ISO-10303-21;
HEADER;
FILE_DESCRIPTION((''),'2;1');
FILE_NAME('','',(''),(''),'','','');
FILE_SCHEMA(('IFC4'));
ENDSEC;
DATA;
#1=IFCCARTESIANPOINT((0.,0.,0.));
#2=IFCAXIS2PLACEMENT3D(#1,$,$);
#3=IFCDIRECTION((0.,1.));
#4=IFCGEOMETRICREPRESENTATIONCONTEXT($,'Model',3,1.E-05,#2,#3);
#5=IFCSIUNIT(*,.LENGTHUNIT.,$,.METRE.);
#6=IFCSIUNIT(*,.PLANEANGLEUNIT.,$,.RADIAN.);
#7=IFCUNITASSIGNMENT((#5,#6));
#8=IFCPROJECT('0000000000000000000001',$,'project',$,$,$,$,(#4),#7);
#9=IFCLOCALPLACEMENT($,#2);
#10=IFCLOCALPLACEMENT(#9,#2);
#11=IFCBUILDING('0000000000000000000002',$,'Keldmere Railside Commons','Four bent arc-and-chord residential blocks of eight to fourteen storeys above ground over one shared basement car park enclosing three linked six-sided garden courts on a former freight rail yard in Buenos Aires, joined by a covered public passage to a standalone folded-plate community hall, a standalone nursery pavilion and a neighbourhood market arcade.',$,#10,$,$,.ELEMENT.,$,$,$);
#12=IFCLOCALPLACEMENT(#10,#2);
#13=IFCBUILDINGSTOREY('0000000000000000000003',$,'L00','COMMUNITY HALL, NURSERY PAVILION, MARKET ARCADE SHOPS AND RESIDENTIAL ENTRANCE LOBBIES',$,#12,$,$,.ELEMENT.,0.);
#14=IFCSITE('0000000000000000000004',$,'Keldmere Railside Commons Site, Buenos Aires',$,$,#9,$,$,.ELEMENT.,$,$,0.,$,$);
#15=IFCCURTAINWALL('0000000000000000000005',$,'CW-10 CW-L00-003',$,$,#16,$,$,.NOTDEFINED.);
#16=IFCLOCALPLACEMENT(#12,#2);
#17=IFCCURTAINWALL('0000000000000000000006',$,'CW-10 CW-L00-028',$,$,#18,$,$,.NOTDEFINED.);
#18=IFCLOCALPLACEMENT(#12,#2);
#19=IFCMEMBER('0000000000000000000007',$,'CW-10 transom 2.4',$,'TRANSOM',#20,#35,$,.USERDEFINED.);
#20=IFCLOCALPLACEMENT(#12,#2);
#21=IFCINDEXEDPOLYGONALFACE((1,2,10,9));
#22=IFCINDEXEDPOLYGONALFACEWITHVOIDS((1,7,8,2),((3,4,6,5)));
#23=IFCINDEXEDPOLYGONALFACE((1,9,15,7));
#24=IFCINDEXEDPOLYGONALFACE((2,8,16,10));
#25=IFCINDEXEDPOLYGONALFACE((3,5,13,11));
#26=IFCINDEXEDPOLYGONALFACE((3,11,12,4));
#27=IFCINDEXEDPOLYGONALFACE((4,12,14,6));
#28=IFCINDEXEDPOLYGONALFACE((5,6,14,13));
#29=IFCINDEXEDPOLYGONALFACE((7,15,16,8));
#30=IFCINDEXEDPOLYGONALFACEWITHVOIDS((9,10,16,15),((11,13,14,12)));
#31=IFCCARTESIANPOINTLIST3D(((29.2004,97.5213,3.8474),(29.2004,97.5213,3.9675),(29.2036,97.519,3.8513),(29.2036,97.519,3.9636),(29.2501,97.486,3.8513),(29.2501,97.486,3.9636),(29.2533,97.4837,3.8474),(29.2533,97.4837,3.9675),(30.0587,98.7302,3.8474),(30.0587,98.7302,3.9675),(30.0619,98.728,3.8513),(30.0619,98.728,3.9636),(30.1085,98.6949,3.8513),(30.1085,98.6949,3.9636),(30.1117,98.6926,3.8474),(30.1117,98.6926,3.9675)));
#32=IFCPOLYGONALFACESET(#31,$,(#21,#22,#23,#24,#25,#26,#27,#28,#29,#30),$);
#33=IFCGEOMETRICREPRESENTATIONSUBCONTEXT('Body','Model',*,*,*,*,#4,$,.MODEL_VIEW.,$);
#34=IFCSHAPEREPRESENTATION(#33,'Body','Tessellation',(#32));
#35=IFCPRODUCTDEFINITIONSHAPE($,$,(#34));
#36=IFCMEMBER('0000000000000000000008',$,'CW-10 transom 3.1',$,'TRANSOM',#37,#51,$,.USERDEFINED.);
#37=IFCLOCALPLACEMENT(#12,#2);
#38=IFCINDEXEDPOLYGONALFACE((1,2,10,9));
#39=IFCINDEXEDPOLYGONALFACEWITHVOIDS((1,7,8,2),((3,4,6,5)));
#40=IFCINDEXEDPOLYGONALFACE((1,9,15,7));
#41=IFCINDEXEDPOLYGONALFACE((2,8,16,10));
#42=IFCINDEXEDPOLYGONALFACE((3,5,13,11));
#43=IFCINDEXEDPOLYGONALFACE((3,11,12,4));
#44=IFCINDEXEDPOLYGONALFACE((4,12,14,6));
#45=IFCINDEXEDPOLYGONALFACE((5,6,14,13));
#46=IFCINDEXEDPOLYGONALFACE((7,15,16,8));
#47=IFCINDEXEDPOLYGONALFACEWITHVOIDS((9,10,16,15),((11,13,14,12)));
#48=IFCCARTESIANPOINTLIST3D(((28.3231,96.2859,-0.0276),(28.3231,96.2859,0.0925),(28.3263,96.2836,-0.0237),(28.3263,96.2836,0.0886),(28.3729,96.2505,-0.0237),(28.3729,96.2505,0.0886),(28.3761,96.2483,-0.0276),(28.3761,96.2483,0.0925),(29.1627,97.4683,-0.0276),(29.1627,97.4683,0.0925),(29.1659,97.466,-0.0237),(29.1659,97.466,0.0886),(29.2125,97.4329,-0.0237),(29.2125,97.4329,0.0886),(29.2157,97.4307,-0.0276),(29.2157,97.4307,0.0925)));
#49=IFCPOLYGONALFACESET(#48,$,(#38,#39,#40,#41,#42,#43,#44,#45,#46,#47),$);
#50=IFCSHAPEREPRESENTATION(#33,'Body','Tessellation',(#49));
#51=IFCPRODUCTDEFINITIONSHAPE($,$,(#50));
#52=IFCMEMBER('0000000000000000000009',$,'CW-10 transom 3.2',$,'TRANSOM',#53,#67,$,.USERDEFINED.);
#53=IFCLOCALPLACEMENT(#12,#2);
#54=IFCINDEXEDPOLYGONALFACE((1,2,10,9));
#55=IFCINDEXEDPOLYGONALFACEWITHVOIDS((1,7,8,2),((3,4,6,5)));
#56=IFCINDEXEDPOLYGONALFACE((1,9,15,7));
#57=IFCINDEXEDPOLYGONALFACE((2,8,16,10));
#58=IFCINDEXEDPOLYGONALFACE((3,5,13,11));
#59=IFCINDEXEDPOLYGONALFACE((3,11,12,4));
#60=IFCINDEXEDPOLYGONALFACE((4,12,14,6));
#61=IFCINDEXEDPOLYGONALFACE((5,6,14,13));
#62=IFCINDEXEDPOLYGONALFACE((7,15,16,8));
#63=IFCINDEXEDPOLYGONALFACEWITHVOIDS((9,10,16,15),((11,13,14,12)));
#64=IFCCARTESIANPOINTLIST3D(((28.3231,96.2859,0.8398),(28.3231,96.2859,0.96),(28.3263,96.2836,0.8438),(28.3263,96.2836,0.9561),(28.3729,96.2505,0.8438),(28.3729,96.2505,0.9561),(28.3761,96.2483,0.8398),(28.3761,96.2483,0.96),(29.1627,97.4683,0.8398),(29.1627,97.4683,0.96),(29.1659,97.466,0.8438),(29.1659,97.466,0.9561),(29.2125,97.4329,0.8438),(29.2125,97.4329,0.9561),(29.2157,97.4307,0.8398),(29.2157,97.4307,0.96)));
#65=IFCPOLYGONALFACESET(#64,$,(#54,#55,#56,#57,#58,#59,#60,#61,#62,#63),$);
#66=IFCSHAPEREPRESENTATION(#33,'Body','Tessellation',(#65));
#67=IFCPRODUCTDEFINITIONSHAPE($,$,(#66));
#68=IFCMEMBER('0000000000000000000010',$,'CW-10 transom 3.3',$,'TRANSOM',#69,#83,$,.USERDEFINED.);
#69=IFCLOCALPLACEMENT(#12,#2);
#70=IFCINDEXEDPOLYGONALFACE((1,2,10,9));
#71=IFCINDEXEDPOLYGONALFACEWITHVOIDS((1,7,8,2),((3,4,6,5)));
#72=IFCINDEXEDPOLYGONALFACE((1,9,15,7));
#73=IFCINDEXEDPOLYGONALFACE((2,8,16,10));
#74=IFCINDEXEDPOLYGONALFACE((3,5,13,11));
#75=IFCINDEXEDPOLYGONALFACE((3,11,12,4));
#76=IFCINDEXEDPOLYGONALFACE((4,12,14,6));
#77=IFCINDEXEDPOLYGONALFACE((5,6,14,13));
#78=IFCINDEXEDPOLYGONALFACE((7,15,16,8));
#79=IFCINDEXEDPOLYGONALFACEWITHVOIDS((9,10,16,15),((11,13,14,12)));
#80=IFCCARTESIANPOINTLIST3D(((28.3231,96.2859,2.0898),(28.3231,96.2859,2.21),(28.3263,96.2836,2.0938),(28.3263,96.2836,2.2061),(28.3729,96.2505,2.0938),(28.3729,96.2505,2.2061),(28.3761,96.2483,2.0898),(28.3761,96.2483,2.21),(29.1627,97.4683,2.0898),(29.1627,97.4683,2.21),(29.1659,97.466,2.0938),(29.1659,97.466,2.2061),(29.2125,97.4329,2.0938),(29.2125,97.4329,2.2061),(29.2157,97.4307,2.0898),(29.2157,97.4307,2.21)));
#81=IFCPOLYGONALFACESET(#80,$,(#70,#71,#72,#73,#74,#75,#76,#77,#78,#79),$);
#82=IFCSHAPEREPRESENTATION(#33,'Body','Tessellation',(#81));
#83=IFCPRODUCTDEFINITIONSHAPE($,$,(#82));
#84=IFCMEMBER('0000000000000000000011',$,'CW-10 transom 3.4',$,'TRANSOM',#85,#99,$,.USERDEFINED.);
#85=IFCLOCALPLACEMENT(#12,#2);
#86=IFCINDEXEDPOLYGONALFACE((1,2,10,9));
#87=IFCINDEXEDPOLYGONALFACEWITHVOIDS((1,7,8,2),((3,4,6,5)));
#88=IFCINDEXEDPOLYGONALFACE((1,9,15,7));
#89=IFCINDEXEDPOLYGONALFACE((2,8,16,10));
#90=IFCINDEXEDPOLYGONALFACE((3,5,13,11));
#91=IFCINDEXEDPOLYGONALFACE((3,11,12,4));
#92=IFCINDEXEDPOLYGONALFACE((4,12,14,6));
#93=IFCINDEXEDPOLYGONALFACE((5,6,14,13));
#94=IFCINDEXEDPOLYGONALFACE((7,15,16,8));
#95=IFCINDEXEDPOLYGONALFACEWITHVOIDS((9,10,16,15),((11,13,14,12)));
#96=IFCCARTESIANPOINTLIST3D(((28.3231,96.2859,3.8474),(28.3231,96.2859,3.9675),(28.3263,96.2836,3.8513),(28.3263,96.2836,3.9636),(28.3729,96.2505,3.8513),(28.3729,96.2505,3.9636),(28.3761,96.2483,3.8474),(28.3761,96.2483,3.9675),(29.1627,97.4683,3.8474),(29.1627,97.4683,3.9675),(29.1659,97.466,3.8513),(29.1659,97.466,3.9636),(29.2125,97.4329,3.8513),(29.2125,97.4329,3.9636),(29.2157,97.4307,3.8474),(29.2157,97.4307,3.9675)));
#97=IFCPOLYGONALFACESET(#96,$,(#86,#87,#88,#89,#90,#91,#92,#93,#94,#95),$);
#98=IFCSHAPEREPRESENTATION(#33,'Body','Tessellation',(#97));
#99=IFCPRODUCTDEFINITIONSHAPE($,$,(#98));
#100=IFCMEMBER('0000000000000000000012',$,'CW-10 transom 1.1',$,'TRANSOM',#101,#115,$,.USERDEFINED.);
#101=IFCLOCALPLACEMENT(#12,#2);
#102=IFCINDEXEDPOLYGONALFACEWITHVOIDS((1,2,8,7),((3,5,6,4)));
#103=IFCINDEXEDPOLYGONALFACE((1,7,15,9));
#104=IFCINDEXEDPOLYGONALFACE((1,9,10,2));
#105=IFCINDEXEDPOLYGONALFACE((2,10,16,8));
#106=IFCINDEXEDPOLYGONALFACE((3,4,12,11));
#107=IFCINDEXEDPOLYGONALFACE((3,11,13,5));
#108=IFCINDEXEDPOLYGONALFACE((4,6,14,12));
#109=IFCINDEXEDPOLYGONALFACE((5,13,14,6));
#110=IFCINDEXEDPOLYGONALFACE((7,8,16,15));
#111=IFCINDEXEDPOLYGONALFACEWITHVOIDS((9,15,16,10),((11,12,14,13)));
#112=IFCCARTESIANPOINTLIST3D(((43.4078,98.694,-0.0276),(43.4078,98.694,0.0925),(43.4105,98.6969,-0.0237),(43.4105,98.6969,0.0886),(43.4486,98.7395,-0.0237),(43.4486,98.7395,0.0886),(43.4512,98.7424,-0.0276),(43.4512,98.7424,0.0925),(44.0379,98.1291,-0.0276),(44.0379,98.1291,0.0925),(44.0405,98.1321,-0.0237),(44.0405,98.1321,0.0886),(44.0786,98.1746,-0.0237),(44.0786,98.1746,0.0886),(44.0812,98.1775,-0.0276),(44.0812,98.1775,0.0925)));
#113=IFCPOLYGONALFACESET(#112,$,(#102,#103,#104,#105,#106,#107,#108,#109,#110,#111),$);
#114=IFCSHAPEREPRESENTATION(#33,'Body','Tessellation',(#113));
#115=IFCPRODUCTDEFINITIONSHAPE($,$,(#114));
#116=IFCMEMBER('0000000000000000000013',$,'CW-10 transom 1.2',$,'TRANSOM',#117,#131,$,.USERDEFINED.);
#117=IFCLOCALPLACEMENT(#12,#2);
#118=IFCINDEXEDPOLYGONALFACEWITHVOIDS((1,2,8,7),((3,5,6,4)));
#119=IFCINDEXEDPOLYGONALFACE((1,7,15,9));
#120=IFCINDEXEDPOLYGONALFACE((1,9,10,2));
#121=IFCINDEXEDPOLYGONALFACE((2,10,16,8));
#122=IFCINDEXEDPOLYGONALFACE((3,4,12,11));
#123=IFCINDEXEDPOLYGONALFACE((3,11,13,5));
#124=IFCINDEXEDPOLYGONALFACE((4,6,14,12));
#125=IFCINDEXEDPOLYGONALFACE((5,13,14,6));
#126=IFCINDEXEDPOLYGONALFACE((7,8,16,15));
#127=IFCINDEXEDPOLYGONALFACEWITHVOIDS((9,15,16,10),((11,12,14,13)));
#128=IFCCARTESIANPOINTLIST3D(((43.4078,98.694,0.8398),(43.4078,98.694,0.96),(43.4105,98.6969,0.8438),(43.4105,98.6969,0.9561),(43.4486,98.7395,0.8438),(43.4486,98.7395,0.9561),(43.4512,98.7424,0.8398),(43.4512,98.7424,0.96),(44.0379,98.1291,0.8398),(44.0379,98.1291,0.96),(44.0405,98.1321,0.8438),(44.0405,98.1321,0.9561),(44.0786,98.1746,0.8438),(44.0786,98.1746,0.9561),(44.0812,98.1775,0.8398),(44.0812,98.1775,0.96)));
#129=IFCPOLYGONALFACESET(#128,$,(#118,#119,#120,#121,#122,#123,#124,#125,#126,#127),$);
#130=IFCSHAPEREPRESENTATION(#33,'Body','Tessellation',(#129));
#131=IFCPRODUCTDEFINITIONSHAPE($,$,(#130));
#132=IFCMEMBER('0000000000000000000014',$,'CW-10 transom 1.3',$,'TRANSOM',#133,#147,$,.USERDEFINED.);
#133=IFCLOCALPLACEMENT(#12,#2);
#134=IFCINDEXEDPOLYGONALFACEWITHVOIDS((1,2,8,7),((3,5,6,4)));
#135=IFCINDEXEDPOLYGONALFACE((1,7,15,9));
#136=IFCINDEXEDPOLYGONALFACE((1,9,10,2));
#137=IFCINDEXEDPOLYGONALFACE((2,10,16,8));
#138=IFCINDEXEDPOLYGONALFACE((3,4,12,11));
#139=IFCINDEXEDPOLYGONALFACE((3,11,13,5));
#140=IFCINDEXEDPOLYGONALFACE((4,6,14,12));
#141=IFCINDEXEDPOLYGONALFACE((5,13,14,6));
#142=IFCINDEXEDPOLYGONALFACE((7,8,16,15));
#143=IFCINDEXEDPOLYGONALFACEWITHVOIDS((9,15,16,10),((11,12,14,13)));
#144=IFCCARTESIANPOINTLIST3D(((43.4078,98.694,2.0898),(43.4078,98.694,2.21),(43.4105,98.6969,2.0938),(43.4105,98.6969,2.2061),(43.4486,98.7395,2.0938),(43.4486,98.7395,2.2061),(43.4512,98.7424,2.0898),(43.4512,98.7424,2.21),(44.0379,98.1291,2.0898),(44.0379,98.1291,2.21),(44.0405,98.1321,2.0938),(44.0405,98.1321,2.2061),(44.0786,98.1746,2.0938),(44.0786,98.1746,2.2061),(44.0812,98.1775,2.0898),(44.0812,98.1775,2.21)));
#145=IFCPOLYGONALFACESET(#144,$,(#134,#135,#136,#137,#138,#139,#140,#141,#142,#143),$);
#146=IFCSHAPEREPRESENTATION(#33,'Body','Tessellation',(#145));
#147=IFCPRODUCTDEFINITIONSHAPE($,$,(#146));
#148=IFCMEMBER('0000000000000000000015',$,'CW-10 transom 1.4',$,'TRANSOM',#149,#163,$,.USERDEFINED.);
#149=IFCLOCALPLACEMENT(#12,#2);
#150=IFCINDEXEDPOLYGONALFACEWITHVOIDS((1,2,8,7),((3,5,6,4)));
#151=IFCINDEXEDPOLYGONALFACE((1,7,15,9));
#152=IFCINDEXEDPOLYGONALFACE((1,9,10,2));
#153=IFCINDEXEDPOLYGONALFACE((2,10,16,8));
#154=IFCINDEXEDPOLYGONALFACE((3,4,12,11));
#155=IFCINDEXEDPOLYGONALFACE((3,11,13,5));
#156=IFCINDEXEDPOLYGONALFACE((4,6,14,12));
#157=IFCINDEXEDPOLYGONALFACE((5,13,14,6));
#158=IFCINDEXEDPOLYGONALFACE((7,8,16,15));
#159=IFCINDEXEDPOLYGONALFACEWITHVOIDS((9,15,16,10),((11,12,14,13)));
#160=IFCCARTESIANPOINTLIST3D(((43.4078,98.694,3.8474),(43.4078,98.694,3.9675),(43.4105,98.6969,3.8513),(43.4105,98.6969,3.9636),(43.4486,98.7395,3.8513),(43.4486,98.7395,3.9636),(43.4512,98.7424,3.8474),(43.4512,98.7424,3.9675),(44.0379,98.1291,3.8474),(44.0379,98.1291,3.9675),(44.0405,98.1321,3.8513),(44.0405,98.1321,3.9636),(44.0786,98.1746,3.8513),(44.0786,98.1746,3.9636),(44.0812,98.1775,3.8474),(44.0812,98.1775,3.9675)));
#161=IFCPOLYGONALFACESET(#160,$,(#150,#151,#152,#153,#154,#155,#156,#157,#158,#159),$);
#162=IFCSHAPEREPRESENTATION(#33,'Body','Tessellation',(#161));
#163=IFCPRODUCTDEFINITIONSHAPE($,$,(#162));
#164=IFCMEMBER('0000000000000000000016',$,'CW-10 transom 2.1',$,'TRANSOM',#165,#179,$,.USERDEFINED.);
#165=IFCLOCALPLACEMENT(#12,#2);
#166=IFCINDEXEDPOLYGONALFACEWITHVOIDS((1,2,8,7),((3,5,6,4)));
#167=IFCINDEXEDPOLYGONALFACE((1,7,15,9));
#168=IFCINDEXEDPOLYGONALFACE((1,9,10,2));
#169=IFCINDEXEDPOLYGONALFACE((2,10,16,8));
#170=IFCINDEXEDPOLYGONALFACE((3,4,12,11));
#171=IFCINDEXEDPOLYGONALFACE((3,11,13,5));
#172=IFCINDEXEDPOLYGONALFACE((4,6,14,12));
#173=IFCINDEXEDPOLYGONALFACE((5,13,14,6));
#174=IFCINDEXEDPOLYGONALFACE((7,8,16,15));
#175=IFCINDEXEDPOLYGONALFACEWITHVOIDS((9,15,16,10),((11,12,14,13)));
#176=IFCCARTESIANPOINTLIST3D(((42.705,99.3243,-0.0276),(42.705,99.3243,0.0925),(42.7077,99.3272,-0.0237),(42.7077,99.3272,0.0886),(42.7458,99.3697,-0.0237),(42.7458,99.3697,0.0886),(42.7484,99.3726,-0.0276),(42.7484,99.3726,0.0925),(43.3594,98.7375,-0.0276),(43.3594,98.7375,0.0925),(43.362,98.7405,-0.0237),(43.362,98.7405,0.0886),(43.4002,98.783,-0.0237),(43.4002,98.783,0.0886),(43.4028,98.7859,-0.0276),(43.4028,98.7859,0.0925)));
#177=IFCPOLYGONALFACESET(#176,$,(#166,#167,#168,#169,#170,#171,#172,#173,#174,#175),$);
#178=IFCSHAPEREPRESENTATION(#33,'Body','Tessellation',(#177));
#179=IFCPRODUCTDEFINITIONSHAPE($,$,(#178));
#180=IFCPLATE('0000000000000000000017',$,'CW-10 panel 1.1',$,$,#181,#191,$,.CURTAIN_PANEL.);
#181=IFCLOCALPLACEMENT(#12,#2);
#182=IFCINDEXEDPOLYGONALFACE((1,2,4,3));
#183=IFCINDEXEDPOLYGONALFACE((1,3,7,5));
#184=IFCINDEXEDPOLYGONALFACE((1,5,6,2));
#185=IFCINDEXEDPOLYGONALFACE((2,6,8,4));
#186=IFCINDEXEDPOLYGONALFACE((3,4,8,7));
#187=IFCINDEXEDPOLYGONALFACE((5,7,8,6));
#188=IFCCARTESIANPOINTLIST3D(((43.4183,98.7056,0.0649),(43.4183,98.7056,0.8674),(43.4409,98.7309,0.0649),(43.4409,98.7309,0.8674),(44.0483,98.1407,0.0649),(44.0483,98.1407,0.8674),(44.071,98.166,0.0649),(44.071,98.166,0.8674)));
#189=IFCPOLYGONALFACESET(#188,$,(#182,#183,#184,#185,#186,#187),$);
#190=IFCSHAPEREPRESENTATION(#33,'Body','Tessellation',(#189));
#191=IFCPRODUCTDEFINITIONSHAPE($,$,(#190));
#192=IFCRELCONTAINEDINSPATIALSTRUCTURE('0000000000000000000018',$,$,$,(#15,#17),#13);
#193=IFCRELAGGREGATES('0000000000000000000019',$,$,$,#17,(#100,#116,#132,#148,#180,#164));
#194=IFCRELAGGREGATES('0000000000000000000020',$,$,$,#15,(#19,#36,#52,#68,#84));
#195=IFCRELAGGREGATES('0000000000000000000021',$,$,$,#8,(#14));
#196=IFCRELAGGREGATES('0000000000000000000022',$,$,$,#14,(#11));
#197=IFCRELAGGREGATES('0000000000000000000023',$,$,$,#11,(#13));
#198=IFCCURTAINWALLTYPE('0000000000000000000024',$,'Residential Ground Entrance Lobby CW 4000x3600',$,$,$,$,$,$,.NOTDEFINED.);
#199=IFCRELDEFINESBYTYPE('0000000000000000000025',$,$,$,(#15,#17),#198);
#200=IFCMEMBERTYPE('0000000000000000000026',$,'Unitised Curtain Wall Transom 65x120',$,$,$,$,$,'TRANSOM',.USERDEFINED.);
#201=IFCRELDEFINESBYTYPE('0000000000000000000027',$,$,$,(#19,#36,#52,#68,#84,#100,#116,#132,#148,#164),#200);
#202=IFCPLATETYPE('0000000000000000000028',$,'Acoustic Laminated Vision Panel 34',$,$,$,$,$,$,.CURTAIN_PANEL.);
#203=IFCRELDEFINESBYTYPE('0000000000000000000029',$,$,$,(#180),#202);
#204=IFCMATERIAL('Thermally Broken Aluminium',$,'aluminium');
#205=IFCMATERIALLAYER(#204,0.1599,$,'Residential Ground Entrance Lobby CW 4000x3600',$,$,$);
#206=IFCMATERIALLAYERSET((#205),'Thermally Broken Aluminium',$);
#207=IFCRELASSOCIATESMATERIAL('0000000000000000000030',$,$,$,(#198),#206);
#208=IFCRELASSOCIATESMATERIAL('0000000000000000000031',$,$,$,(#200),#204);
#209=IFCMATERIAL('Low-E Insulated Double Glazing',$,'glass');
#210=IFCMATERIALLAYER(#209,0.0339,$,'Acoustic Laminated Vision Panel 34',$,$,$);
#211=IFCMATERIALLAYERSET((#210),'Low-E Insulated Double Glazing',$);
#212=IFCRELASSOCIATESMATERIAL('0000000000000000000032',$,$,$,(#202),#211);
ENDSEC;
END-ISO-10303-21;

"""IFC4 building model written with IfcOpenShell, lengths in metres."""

from ifc_helpers import new_model, si_unit, direction, frame, origin, origin_2d, place, context, subcontext, project, spatial, rectangle, hollow_rectangle, extrude, material, layer, layer_set, material_profile, profile_set, type_object, element, aggregate, save


model = new_model("IFC4")

# Units and contexts
model_context = context("Model", 3, precision=1e-05, world=origin(), true_north=direction((0.0, 1.0)))
body_context = subcontext(model_context, "Body", "Model", "MODEL_VIEW")
ifc_project = project(units=[si_unit("LENGTHUNIT", "METRE"), si_unit("PLANEANGLEUNIT", "RADIAN")], contexts=[model_context])

# Site, building, storey
site_placement = place(None, origin())
site = spatial("IfcSite", under=ifc_project, at=site_placement, Name="Keldmere Railside Commons Site, Buenos Aires", CompositionType="ELEMENT", RefElevation=0.0)
building_placement = place(site_placement, origin())
building = spatial("IfcBuilding", under=site, at=building_placement, Name="Keldmere Railside Commons", Description="Four bent arc-and-chord residential blocks of eight to fourteen storeys above ground over one shared basement car park enclosing three linked six-sided garden courts on a former freight rail yard in Buenos Aires, joined by a covered public passage to a standalone folded-plate community hall, a standalone nursery pavilion and a neighbourhood market arcade.", CompositionType="ELEMENT")
storey_placement = place(building_placement, origin())
storey = spatial("IfcBuildingStorey", under=building, at=storey_placement, Name="L00", Description="COMMUNITY HALL, NURSERY PAVILION, MARKET ARCADE SHOPS AND RESIDENTIAL ENTRANCE LOBBIES", CompositionType="ELEMENT", Elevation=0.0)

# Shared definitions
ifc_material_1 = material(Name="Thermally Broken Aluminium", Category="aluminium")

# Curtain walls
ifc_layer_1 = layer(ifc_material_1, 0.1599, Name="Residential Ground Entrance Lobby CW 4000x3600")
ifc_layer_set_1 = layer_set([ifc_layer_1], Name="Thermally Broken Aluminium")
curtain_wall_type_1 = type_object("IfcCurtainWallType", Name="Residential Ground Entrance Lobby CW 4000x3600", PredefinedType="NOTDEFINED", material=ifc_layer_set_1)
curtain_wall_1_placement = place(storey_placement, origin())
curtain_wall_1 = element("IfcCurtainWall", 1, at=curtain_wall_1_placement, inside=storey, type_object=curtain_wall_type_1, Name="CW-10 CW-L00-003", PredefinedType="NOTDEFINED")
curtain_wall_2_placement = place(storey_placement, origin())
curtain_wall_2 = element("IfcCurtainWall", 2, at=curtain_wall_2_placement, inside=storey, type_object=curtain_wall_type_1, Name="CW-10 CW-L00-028", PredefinedType="NOTDEFINED")

# Members
ifc_material_profile_1 = material_profile(ifc_material_1, hollow_rectangle(XDim=0.0649, YDim=0.1201, WallThickness=0.0039, at=origin_2d()), Name="ALU-TRAN-65x120")
ifc_profile_set_1 = profile_set([ifc_material_profile_1], Name="Thermally Broken Aluminium")
member_type_1 = type_object("IfcMemberType", Name="Unitised Curtain Wall Transom 65x120", ElementType="TRANSOM", PredefinedType="USERDEFINED", material=ifc_profile_set_1)
member_1_placement = place(storey_placement, frame((30.0852, 98.7114, 3.9075), z_axis=(-0.578931, -0.815377, 0.0), x_axis=(0.815377, -0.578931, 0.0)))
member_1 = element("IfcMember", 3, at=member_1_placement, type_object=member_type_1, Name="CW-10 transom 2.4", ObjectType="TRANSOM", PredefinedType="USERDEFINED", context=body_context, shape_type="SweptSolid", body=[
    extrude(hollow_rectangle(XDim=0.0649, YDim=0.1201, WallThickness=0.0039, at=origin_2d()), origin(), (0.0, 0.0, 1.0), 1.4827),
])
member_2_placement = place(storey_placement, frame((29.1892, 97.4495, 0.0325), z_axis=(-0.578975, -0.815346, 0.0), x_axis=(0.815346, -0.578975, 0.0)))
member_2 = element("IfcMember", 4, at=member_2_placement, type_object=member_type_1, Name="CW-10 transom 3.1", ObjectType="TRANSOM", PredefinedType="USERDEFINED", context=body_context, shape_type="SweptSolid", body=[
    extrude(hollow_rectangle(XDim=0.0649, YDim=0.1201, WallThickness=0.0039, at=origin_2d()), origin(), (0.0, 0.0, 1.0), 1.4502),
])
member_3_placement = place(storey_placement, frame((29.1892, 97.4495, 0.8999), z_axis=(-0.578975, -0.815346, 0.0), x_axis=(0.815346, -0.578975, 0.0)))
member_3 = element("IfcMember", 5, at=member_3_placement, type_object=member_type_1, Name="CW-10 transom 3.2", ObjectType="TRANSOM", PredefinedType="USERDEFINED", context=body_context, shape_type="SweptSolid", body=[
    extrude(hollow_rectangle(XDim=0.0649, YDim=0.1201, WallThickness=0.0039, at=origin_2d()), origin(), (0.0, 0.0, 1.0), 1.4502),
])
member_4_placement = place(storey_placement, frame((29.1892, 97.4495, 2.1499), z_axis=(-0.578975, -0.815346, 0.0), x_axis=(0.815346, -0.578975, 0.0)))
member_4 = element("IfcMember", 6, at=member_4_placement, type_object=member_type_1, Name="CW-10 transom 3.3", ObjectType="TRANSOM", PredefinedType="USERDEFINED", context=body_context, shape_type="SweptSolid", body=[
    extrude(hollow_rectangle(XDim=0.0649, YDim=0.1201, WallThickness=0.0039, at=origin_2d()), origin(), (0.0, 0.0, 1.0), 1.4502),
])
member_5_placement = place(storey_placement, frame((29.1892, 97.4495, 3.9075), z_axis=(-0.578975, -0.815346, 0.0), x_axis=(0.815346, -0.578975, 0.0)))
member_5 = element("IfcMember", 7, at=member_5_placement, type_object=member_type_1, Name="CW-10 transom 3.4", ObjectType="TRANSOM", PredefinedType="USERDEFINED", context=body_context, shape_type="SweptSolid", body=[
    extrude(hollow_rectangle(XDim=0.0649, YDim=0.1201, WallThickness=0.0039, at=origin_2d()), origin(), (0.0, 0.0, 1.0), 1.4502),
])
member_6_placement = place(storey_placement, frame((44.0596, 98.1533, 0.0325), z_axis=(-0.744569, 0.667545, 0.0), x_axis=(-0.667545, -0.744569, 0.0)))
member_6 = element("IfcMember", 8, at=member_6_placement, type_object=member_type_1, Name="CW-10 transom 1.1", ObjectType="TRANSOM", PredefinedType="USERDEFINED", context=body_context, shape_type="SweptSolid", body=[
    extrude(hollow_rectangle(XDim=0.0649, YDim=0.1201, WallThickness=0.0039, at=origin_2d()), origin(), (0.0, 0.0, 1.0), 0.8462),
])
member_7_placement = place(storey_placement, frame((44.0596, 98.1533, 0.8999), z_axis=(-0.744569, 0.667545, 0.0), x_axis=(-0.667545, -0.744569, 0.0)))
member_7 = element("IfcMember", 9, at=member_7_placement, type_object=member_type_1, Name="CW-10 transom 1.2", ObjectType="TRANSOM", PredefinedType="USERDEFINED", context=body_context, shape_type="SweptSolid", body=[
    extrude(hollow_rectangle(XDim=0.0649, YDim=0.1201, WallThickness=0.0039, at=origin_2d()), origin(), (0.0, 0.0, 1.0), 0.8462),
])
member_8_placement = place(storey_placement, frame((44.0596, 98.1533, 2.1499), z_axis=(-0.744569, 0.667545, 0.0), x_axis=(-0.667545, -0.744569, 0.0)))
member_8 = element("IfcMember", 10, at=member_8_placement, type_object=member_type_1, Name="CW-10 transom 1.3", ObjectType="TRANSOM", PredefinedType="USERDEFINED", context=body_context, shape_type="SweptSolid", body=[
    extrude(hollow_rectangle(XDim=0.0649, YDim=0.1201, WallThickness=0.0039, at=origin_2d()), origin(), (0.0, 0.0, 1.0), 0.8462),
])
member_9_placement = place(storey_placement, frame((44.0596, 98.1533, 3.9075), z_axis=(-0.744569, 0.667545, 0.0), x_axis=(-0.667545, -0.744569, 0.0)))
member_9 = element("IfcMember", 11, at=member_9_placement, type_object=member_type_1, Name="CW-10 transom 1.4", ObjectType="TRANSOM", PredefinedType="USERDEFINED", context=body_context, shape_type="SweptSolid", body=[
    extrude(hollow_rectangle(XDim=0.0649, YDim=0.1201, WallThickness=0.0039, at=origin_2d()), origin(), (0.0, 0.0, 1.0), 0.8462),
])
member_10_placement = place(storey_placement, frame((43.3811, 98.7617, 0.0325), z_axis=(-0.744536, 0.667582, 0.0), x_axis=(-0.667582, -0.744536, 0.0)))
member_10 = element("IfcMember", 12, at=member_10_placement, type_object=member_type_1, Name="CW-10 transom 2.1", ObjectType="TRANSOM", PredefinedType="USERDEFINED", context=body_context, shape_type="SweptSolid", body=[
    extrude(hollow_rectangle(XDim=0.0649, YDim=0.1201, WallThickness=0.0039, at=origin_2d()), origin(), (0.0, 0.0, 1.0), 0.8789),
])

# Plate
ifc_material_2 = material(Name="Low-E Insulated Double Glazing", Category="glass")
ifc_layer_2 = layer(ifc_material_2, 0.0339, Name="Acoustic Laminated Vision Panel 34")
ifc_layer_set_2 = layer_set([ifc_layer_2], Name="Low-E Insulated Double Glazing")
plate_type_1 = type_object("IfcPlateType", Name="Acoustic Laminated Vision Panel 34", PredefinedType="CURTAIN_PANEL", material=ifc_layer_set_2)
plate_1_placement = place(storey_placement, frame((43.7446, 98.4358, 0.0649), z_axis=(0.0, 0.0, 1.0), x_axis=(-0.744557, 0.667559, 0.0)))
plate_1 = element("IfcPlate", 13, at=plate_1_placement, type_object=plate_type_1, Name="CW-10 panel 1.1", PredefinedType="CURTAIN_PANEL", context=body_context, shape_type="SweptSolid", body=[
    extrude(rectangle(XDim=0.8462, YDim=0.0339, at=origin_2d()), origin(), (0.0, 0.0, 1.0), 0.8025),
])
aggregate(curtain_wall_2, [member_6, member_7, member_8, member_9, plate_1, member_10])
aggregate(curtain_wall_1, [member_1, member_2, member_3, member_4, member_5])

save(model, "model.ifc")
